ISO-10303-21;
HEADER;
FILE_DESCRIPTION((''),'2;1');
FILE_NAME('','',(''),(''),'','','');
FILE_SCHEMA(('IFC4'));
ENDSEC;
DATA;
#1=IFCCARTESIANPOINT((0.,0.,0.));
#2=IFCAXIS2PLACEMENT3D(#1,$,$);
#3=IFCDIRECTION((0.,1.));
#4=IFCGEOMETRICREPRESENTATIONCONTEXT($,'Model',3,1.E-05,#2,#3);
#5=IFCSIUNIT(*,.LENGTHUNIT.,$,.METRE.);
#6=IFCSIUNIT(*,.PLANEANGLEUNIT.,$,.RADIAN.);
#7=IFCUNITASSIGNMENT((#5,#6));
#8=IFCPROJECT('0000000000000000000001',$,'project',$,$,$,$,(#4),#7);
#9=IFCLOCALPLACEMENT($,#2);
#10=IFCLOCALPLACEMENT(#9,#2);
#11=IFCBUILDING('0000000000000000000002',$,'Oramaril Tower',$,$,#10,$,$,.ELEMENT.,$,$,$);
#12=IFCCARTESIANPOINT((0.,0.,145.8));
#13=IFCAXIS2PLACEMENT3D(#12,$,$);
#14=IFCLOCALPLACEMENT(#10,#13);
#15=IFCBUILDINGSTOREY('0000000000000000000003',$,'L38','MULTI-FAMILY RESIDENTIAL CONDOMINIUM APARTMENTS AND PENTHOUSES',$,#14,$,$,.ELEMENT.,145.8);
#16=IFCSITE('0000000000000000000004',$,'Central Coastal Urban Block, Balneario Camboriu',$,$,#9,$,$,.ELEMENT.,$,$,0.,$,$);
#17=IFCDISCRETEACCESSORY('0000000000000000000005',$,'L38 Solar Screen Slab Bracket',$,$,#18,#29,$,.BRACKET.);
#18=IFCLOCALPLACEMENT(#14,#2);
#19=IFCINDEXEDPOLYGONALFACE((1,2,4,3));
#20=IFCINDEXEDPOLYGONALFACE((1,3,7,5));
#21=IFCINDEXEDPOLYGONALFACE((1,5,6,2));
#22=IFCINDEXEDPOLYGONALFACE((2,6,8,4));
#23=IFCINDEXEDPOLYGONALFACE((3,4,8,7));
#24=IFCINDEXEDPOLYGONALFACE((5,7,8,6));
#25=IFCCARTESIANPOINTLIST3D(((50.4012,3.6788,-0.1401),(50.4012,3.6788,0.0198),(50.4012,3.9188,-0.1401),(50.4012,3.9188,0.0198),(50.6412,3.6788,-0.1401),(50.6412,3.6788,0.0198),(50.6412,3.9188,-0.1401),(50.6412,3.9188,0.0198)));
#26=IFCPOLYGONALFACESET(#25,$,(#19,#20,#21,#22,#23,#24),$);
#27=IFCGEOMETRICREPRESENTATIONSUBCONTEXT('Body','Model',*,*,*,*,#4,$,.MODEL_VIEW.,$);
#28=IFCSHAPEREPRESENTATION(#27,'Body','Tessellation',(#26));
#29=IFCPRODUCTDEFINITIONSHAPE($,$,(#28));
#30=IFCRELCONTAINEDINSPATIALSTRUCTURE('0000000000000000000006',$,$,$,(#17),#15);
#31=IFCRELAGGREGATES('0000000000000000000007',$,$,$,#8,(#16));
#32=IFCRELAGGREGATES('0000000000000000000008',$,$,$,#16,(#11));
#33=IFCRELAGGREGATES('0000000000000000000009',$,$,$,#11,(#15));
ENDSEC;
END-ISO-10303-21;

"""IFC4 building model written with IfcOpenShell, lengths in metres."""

from ifc_helpers import new_model, si_unit, direction, frame, origin, origin_2d, place, context, subcontext, project, spatial, rectangle, extrude, element, save


model = new_model("IFC4")

# Units and contexts
model_context = context("Model", 3, precision=1e-05, world=origin(), true_north=direction((0.0, 1.0)))
body_context = subcontext(model_context, "Body", "Model", "MODEL_VIEW")
ifc_project = project(units=[si_unit("LENGTHUNIT", "METRE"), si_unit("PLANEANGLEUNIT", "RADIAN")], contexts=[model_context])

# Site, building, storey
site_placement = place(None, origin())
site = spatial("IfcSite", under=ifc_project, at=site_placement, Name="Central Coastal Urban Block, Balneario Camboriu", CompositionType="ELEMENT", RefElevation=0.0)
building_placement = place(site_placement, origin())
building = spatial("IfcBuilding", under=site, at=building_placement, Name="Oramaril Tower", CompositionType="ELEMENT")
storey_placement = place(building_placement, frame((0.0, 0.0, 145.8)))
storey = spatial("IfcBuildingStorey", under=building, at=storey_placement, Name="L38", Description="MULTI-FAMILY RESIDENTIAL CONDOMINIUM APARTMENTS AND PENTHOUSES", CompositionType="ELEMENT", Elevation=145.8)

# Discrete accessory
discrete_accessory_placement = place(storey_placement, frame((50.5212, 3.7988, -0.1401), z_axis=(0.0, 0.0, 1.0), x_axis=(1.0, 0.0, 0.0)))
element("IfcDiscreteAccessory", 1, at=discrete_accessory_placement, inside=storey, Name="L38 Solar Screen Slab Bracket", PredefinedType="BRACKET", context=body_context, shape_type="SweptSolid", body=[
    extrude(rectangle(XDim=0.24, YDim=0.24, at=origin_2d()), origin(), (0.0, 0.0, 1.0), 0.1599),
])

save(model, "model.ifc")
